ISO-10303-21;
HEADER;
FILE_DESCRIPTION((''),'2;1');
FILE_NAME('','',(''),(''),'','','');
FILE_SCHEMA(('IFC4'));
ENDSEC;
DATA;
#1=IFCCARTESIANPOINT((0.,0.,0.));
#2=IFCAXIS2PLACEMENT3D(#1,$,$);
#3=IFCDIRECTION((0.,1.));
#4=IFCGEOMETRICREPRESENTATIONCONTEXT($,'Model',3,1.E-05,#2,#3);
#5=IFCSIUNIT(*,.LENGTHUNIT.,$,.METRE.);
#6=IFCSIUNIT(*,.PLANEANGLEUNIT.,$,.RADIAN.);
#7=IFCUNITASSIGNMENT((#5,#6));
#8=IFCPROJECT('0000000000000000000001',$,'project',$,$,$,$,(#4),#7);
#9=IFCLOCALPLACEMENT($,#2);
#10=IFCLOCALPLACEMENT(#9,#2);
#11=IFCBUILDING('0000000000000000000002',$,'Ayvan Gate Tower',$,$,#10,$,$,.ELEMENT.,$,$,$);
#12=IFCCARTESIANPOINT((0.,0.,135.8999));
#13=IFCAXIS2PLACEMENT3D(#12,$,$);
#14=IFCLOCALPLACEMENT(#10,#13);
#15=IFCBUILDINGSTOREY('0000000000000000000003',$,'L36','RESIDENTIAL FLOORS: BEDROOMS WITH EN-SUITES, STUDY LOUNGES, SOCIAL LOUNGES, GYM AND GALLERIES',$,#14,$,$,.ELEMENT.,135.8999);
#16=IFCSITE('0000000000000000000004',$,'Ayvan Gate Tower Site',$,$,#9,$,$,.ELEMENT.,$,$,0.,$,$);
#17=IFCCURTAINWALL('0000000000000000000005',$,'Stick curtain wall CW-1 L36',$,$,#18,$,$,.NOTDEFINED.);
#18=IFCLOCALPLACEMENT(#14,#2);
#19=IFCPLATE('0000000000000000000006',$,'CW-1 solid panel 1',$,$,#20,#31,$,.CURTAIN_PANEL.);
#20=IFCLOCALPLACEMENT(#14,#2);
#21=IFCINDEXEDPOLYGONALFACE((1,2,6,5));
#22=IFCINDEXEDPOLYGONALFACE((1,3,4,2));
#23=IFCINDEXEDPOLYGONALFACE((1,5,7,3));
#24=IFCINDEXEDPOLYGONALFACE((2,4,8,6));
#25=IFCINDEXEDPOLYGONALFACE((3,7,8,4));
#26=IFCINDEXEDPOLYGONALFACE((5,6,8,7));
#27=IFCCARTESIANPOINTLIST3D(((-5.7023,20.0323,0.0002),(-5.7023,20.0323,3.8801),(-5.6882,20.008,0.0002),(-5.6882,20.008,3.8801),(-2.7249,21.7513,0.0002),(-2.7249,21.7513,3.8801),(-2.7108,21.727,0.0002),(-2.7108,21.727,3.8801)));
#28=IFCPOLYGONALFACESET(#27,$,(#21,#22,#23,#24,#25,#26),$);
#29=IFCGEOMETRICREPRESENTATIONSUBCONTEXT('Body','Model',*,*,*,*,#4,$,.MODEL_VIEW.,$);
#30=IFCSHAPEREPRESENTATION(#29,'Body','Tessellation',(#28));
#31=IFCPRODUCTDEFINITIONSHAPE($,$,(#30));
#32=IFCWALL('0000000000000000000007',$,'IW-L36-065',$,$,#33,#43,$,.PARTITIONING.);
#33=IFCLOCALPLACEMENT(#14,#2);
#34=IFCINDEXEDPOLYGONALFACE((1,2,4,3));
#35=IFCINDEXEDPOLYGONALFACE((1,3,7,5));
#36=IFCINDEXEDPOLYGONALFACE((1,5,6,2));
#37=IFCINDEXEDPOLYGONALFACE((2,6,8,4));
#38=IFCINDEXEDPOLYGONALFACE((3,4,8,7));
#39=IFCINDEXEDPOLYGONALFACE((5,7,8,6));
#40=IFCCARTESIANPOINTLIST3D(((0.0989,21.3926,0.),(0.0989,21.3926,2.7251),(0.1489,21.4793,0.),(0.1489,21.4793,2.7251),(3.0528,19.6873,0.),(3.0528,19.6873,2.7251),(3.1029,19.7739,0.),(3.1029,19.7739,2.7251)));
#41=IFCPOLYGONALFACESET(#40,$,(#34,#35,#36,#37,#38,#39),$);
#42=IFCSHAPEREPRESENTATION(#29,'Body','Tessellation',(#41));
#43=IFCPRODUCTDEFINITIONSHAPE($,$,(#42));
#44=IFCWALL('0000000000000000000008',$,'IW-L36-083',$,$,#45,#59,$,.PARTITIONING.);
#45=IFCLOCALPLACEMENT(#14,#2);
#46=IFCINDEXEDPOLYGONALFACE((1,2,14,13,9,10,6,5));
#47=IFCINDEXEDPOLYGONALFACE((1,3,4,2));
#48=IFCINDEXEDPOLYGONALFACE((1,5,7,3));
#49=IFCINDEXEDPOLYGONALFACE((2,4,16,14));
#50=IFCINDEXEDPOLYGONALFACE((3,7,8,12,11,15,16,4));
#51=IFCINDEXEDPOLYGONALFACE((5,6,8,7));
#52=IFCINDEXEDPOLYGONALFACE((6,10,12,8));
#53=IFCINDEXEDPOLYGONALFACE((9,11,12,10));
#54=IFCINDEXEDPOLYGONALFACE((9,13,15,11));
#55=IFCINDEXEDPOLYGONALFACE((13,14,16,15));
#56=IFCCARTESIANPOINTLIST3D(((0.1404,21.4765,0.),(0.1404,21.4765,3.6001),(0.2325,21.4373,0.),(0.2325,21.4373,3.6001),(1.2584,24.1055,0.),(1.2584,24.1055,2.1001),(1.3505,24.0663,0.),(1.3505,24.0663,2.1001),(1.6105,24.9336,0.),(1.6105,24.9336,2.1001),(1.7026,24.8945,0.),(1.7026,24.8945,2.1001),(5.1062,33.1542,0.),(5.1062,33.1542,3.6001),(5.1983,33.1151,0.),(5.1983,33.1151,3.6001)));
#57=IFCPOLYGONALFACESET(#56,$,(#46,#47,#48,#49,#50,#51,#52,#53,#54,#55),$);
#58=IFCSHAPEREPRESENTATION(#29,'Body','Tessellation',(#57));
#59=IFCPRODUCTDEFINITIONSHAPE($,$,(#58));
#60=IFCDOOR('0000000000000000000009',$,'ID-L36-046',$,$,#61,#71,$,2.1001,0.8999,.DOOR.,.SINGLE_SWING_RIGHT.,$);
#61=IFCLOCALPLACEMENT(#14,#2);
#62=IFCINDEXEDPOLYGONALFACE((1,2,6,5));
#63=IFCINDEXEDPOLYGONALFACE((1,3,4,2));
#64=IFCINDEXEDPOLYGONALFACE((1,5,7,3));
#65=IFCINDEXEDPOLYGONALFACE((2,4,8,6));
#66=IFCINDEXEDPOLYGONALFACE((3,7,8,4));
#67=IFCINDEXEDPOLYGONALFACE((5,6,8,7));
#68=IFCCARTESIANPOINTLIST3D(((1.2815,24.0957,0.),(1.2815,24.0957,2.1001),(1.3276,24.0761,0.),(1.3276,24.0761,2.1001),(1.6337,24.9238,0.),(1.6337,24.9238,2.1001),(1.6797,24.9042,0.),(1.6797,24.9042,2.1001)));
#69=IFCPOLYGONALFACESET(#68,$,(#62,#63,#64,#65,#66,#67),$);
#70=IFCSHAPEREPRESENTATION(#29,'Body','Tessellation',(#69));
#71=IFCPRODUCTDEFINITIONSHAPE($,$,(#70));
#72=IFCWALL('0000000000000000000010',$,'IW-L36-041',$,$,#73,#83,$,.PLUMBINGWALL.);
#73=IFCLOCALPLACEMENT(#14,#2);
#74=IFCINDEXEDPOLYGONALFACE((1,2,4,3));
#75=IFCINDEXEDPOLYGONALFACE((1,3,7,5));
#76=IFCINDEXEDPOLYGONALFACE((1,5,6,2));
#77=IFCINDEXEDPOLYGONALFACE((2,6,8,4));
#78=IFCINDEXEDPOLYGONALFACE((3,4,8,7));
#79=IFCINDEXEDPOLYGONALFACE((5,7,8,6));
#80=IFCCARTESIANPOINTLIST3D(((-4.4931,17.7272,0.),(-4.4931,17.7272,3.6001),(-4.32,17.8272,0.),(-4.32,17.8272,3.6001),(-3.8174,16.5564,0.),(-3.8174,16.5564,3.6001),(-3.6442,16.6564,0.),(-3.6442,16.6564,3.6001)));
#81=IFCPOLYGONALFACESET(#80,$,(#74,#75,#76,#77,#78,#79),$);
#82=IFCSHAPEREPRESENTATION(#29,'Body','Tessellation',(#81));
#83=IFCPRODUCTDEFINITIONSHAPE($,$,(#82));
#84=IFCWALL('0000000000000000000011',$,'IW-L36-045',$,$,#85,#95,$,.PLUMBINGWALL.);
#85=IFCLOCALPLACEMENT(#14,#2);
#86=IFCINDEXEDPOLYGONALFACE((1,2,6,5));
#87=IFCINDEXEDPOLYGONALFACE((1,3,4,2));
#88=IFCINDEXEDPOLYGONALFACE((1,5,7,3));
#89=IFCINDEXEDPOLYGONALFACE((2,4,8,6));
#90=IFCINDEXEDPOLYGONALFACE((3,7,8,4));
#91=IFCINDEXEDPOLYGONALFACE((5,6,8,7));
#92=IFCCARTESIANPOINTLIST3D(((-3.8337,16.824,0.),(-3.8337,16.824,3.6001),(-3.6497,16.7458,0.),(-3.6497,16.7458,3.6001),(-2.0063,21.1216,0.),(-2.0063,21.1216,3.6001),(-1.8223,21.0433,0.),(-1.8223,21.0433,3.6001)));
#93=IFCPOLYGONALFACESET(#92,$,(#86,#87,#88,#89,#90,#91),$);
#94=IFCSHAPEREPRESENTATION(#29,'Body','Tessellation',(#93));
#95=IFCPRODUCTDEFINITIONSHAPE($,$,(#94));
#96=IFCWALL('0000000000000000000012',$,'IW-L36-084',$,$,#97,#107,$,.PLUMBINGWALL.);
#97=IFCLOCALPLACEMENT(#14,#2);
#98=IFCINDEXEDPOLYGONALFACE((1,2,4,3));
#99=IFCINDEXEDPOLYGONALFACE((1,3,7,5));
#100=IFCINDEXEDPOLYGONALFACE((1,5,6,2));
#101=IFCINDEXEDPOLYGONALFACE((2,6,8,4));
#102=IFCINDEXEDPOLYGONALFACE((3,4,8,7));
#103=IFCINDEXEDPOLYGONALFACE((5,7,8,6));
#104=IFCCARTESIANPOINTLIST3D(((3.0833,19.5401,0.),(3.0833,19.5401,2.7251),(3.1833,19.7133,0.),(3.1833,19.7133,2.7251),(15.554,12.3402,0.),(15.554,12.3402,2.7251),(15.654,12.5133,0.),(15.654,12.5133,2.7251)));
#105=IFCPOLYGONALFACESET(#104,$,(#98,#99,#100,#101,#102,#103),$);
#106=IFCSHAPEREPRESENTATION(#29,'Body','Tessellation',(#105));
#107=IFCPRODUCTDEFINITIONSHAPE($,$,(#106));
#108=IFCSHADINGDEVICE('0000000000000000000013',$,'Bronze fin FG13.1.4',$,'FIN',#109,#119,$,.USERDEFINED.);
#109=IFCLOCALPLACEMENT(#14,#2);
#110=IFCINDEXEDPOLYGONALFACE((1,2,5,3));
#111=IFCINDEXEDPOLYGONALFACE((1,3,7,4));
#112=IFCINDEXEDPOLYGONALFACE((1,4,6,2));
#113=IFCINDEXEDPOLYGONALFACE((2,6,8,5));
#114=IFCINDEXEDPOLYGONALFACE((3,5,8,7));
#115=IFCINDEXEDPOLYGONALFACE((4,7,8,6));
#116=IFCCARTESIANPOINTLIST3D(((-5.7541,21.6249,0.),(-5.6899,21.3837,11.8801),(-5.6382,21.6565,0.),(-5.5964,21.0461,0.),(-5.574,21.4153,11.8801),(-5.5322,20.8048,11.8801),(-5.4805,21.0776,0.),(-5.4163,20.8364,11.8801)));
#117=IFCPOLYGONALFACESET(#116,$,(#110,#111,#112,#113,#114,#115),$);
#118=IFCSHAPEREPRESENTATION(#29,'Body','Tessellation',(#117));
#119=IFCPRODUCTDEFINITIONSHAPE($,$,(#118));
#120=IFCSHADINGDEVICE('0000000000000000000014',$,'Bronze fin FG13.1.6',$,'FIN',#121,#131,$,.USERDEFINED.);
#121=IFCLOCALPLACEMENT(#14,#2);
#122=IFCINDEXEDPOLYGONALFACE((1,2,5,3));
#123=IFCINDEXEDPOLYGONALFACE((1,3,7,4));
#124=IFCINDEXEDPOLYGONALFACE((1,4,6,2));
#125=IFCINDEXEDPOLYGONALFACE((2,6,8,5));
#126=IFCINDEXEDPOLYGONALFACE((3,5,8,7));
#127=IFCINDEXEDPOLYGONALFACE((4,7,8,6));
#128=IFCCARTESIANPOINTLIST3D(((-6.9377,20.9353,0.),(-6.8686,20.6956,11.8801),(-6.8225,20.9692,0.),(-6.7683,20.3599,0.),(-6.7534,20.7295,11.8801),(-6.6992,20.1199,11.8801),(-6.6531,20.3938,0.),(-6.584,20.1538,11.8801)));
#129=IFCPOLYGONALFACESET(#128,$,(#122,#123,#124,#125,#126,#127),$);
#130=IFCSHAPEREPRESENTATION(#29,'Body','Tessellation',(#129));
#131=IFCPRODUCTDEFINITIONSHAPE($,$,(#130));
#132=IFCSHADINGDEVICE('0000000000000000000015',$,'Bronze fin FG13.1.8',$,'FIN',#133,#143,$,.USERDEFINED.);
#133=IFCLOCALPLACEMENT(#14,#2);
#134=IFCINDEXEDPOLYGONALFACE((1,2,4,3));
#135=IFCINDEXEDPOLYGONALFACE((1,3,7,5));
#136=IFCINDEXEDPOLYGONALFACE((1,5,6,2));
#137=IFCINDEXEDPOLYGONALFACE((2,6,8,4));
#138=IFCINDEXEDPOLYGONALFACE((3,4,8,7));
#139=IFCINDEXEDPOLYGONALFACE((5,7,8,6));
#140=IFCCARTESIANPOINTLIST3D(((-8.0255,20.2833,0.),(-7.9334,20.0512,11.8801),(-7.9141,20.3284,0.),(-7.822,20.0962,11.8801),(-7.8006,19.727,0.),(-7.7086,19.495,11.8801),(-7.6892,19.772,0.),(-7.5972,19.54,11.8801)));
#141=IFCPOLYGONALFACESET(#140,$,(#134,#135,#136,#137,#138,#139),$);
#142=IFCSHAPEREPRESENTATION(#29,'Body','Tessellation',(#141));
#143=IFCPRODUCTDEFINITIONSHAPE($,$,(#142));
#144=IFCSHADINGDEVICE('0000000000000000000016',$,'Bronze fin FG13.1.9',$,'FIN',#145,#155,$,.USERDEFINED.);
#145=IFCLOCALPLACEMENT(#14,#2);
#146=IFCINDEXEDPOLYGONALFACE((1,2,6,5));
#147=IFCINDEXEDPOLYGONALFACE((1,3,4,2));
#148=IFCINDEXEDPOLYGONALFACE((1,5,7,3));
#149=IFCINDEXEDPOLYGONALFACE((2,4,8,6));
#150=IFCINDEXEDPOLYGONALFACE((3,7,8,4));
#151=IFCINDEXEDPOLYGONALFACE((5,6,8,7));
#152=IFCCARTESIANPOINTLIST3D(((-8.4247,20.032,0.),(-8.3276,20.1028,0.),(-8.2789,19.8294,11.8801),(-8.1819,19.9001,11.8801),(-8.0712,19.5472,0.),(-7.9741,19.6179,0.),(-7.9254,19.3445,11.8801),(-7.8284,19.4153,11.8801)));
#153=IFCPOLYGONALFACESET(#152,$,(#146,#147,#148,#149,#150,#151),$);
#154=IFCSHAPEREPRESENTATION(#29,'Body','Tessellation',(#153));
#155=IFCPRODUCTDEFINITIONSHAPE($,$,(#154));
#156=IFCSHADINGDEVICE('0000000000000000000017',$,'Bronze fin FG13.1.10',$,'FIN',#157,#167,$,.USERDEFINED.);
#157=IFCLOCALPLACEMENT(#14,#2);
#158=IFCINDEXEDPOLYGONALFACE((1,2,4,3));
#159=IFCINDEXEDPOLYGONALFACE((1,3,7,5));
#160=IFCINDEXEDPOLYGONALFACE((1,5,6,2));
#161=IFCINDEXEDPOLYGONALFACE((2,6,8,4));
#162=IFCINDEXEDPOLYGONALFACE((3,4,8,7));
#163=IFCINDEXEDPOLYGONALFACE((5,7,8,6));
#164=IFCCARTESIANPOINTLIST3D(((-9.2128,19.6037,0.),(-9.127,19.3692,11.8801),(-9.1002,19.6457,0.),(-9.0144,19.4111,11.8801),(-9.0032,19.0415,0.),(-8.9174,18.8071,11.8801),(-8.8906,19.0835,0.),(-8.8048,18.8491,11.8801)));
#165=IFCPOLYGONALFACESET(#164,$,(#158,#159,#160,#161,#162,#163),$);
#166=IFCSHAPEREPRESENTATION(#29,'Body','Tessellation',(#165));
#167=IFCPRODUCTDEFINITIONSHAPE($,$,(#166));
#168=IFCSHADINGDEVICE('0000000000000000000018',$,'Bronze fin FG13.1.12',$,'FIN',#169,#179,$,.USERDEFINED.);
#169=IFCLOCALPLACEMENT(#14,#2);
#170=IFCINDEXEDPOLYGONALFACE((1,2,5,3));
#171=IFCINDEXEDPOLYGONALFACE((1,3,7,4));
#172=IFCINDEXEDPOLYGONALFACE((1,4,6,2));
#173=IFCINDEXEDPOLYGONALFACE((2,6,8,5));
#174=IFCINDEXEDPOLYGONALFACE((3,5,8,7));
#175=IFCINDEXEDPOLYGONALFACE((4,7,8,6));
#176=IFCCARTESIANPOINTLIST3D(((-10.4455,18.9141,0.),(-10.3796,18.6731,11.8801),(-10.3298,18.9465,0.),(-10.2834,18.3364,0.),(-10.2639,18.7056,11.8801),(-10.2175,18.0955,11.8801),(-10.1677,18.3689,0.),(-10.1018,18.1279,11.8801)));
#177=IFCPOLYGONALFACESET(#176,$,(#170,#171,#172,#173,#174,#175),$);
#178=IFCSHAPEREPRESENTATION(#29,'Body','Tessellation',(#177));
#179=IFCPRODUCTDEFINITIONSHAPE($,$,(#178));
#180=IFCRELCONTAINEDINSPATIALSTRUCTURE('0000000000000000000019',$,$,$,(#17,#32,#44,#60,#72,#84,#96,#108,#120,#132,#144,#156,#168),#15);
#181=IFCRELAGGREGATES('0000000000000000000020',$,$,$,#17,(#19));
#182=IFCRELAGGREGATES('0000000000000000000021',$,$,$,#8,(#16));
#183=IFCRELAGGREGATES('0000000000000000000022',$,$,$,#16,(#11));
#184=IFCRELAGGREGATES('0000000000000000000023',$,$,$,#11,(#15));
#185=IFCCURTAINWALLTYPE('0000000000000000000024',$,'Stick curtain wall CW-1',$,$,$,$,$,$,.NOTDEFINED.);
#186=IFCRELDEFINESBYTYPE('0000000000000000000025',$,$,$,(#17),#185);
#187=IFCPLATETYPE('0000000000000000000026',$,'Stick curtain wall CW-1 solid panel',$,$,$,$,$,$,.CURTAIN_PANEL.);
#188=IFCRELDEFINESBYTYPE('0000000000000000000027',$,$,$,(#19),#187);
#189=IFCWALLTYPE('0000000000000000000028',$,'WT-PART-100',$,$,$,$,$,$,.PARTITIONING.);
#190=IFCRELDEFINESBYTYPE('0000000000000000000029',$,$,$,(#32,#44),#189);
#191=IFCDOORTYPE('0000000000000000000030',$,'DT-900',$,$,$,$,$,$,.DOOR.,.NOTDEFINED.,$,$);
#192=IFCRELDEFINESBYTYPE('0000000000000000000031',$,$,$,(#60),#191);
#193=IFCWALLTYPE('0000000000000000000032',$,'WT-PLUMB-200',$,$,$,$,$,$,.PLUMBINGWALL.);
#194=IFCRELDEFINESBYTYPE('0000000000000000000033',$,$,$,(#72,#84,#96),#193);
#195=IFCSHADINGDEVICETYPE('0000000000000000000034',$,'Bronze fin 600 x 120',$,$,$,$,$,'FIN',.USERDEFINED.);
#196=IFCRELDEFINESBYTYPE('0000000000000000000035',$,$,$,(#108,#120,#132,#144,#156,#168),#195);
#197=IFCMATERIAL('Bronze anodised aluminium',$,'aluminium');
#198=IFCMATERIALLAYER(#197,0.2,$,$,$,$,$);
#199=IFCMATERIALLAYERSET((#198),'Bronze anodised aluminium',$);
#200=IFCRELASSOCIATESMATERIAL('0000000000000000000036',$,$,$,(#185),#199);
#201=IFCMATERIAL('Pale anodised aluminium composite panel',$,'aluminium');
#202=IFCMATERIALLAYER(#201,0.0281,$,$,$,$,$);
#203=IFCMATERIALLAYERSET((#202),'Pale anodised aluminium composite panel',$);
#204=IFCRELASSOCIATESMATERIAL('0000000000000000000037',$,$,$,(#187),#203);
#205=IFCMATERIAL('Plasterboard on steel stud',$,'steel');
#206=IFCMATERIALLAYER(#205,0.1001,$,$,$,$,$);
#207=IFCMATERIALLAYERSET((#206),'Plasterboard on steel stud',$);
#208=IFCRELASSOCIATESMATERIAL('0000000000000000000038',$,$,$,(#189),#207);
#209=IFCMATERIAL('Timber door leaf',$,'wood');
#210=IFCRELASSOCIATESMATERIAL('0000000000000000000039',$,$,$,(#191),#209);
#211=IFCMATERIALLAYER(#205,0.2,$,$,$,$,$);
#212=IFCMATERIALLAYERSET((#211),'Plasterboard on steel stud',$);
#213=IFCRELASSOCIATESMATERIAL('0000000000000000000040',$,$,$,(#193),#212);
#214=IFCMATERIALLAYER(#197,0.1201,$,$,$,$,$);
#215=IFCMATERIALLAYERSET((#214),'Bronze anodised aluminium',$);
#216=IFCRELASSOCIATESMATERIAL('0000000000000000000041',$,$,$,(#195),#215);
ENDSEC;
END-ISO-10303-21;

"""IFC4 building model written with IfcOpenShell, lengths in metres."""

from ifc_helpers import new_model, si_unit, direction, frame, frame_2d, origin, origin_2d, place, context, subcontext, project, spatial, polyline, rectangle, outline, extrude, material, layer, layer_set, type_object, element, fill, aggregate, save


model = new_model("IFC4")

# Units and contexts
model_context = context("Model", 3, precision=1e-05, world=origin(), true_north=direction((0.0, 1.0)))
body_context = subcontext(model_context, "Body", "Model", "MODEL_VIEW")
ifc_project = project(units=[si_unit("LENGTHUNIT", "METRE"), si_unit("PLANEANGLEUNIT", "RADIAN")], contexts=[model_context])

# Site, building, storey
site_placement = place(None, origin())
site = spatial("IfcSite", under=ifc_project, at=site_placement, Name="Ayvan Gate Tower Site", CompositionType="ELEMENT", RefElevation=0.0)
building_placement = place(site_placement, origin())
building = spatial("IfcBuilding", under=site, at=building_placement, Name="Ayvan Gate Tower", CompositionType="ELEMENT")
storey_placement = place(building_placement, frame((0.0, 0.0, 135.8999)))
storey = spatial("IfcBuildingStorey", under=building, at=storey_placement, Name="L36", Description="RESIDENTIAL FLOORS: BEDROOMS WITH EN-SUITES, STUDY LOUNGES, SOCIAL LOUNGES, GYM AND GALLERIES", CompositionType="ELEMENT", Elevation=135.8999)

# Curtain wall, plate
ifc_material_1 = material(Name="Bronze anodised aluminium", Category="aluminium")
ifc_layer_1 = layer(ifc_material_1, 0.2)
ifc_layer_set_1 = layer_set([ifc_layer_1], Name="Bronze anodised aluminium")
curtain_wall_type = type_object("IfcCurtainWallType", Name="Stick curtain wall CW-1", PredefinedType="NOTDEFINED", material=ifc_layer_set_1)
curtain_wall_placement = place(storey_placement, origin())
curtain_wall = element("IfcCurtainWall", 1, at=curtain_wall_placement, inside=storey, type_object=curtain_wall_type, Name="Stick curtain wall CW-1 L36", PredefinedType="NOTDEFINED")
ifc_material_2 = material(Name="Pale anodised aluminium composite panel", Category="aluminium")
ifc_layer_2 = layer(ifc_material_2, 0.0281)
ifc_layer_set_2 = layer_set([ifc_layer_2], Name="Pale anodised aluminium composite panel")
plate_type_1 = type_object("IfcPlateType", Name="Stick curtain wall CW-1 solid panel", PredefinedType="CURTAIN_PANEL", material=ifc_layer_set_2)
plate_1_placement = place(storey_placement, frame((-4.2065, 20.8796, 0.0002), z_axis=(0.0, 0.0, 1.0), x_axis=(-0.866025, -0.5, 0.0)))
plate_1 = element("IfcPlate", 2, at=plate_1_placement, type_object=plate_type_1, Name="CW-1 solid panel 1", PredefinedType="CURTAIN_PANEL", context=body_context, shape_type="SweptSolid", body=[
    extrude(rectangle(XDim=3.438, YDim=0.0281, at=origin_2d()), origin(), (0.0, 0.0, 1.0), 3.8799),
])
aggregate(curtain_wall, [plate_1])

# Wall
ifc_material_3 = material(Name="Plasterboard on steel stud", Category="steel")
ifc_layer_3 = layer(ifc_material_3, 0.1001)
ifc_layer_set_3 = layer_set([ifc_layer_3], Name="Plasterboard on steel stud")
wall_type_1 = type_object("IfcWallType", Name="WT-PART-100", PredefinedType="PARTITIONING", material=ifc_layer_set_3)
wall_1_placement = place(storey_placement, frame((0.1238, 21.436, 0.0), z_axis=(0.0, 0.0, 1.0), x_axis=(0.866037, -0.499981, 0.0)))
element("IfcWall", 3, at=wall_1_placement, inside=storey, type_object=wall_type_1, Name="IW-L36-065", PredefinedType="PARTITIONING", context=body_context, shape_type="SweptSolid", body=[
    extrude(rectangle(XDim=3.4109, YDim=0.1001, at=frame_2d((1.7056, 0.0))), origin(), (0.0, 0.0, 1.0), 2.7251),
])

# Wall, opening, door
wall_2_placement = place(storey_placement, frame((0.1865, 21.457, 0.0), z_axis=(0.0, 0.0, 1.0), x_axis=(0.391326, 0.920252, 0.0)))
wall_2 = element("IfcWall", 4, at=wall_2_placement, inside=storey, type_object=wall_type_1, Name="IW-L36-083", PredefinedType="PARTITIONING", context=body_context, shape_type="SweptSolid", body=[
    extrude(rectangle(XDim=12.6897, YDim=0.1001, at=frame_2d((6.3447, 0.0))), origin(), (0.0, 0.0, 1.0), 3.6001),
])
opening_placement = place(wall_2_placement, frame((2.8567, 0.0, 0.0)))
opening = element("IfcOpeningElement", 5, at=opening_placement, cuts=wall_2, PredefinedType="OPENING", context=body_context, shape_type="SweptSolid", body=[
    extrude(rectangle(XDim=0.8999, YDim=2.1001, at=frame_2d((0.45, 1.05))), frame((0.0, 0.0601, 0.0), z_axis=(0.0, -1.0, 0.0), x_axis=(1.0, 0.0, 0.0)), (0.0, 0.0, 1.0), 0.1201),
])
ifc_material_4 = material(Name="Timber door leaf", Category="wood")
door_type = type_object("IfcDoorType", Name="DT-900", OperationType="NOTDEFINED", PredefinedType="DOOR", material=ifc_material_4)
door_placement = place(opening_placement, origin())
door = element("IfcDoor", 6, at=door_placement, inside=storey, type_object=door_type, Name="ID-L36-046", OperationType="SINGLE_SWING_RIGHT", OverallHeight=2.1001, OverallWidth=0.8999, PredefinedType="DOOR", context=body_context, shape_type="SweptSolid", body=[
    extrude(rectangle(XDim=0.8999, YDim=2.1001, at=frame_2d((0.45, 1.05))), frame((0.0, 0.0249, 0.0), z_axis=(0.0, -1.0, 0.0), x_axis=(1.0, 0.0, 0.0)), (0.0, 0.0, 1.0), 0.05),
])
fill(opening, door)

# Walls
ifc_layer_4 = layer(ifc_material_3, 0.2)
ifc_layer_set_4 = layer_set([ifc_layer_4], Name="Plasterboard on steel stud")
wall_type_2 = type_object("IfcWallType", Name="WT-PLUMB-200", PredefinedType="PLUMBINGWALL", material=ifc_layer_set_4)
wall_3_placement = place(storey_placement, frame((-4.4065, 17.7771, 0.0), z_axis=(0.0, 0.0, 1.0), x_axis=(0.499868, -0.866101, 0.0)))
element("IfcWall", 7, at=wall_3_placement, inside=storey, type_object=wall_type_2, Name="IW-L36-041", PredefinedType="PLUMBINGWALL", context=body_context, shape_type="SweptSolid", body=[
    extrude(rectangle(XDim=1.3518, YDim=0.2, at=frame_2d((0.6758, 0.0))), origin(), (0.0, 0.0, 1.0), 3.6001),
])
wall_4_placement = place(storey_placement, frame((-3.7417, 16.7849, 0.0), z_axis=(0.0, 0.0, 1.0), x_axis=(0.391306, 0.920261, 0.0)))
element("IfcWall", 8, at=wall_4_placement, inside=storey, type_object=wall_type_2, Name="IW-L36-045", PredefinedType="PLUMBINGWALL", context=body_context, shape_type="SweptSolid", body=[
    extrude(rectangle(XDim=4.6699, YDim=0.2, at=frame_2d((2.335, 0.0))), origin(), (0.0, 0.0, 1.0), 3.6001),
])
wall_5_placement = place(storey_placement, frame((3.1333, 19.6267, 0.0), z_axis=(0.0, 0.0, 1.0), x_axis=(0.866026, -0.499999, 0.0)))
element("IfcWall", 9, at=wall_5_placement, inside=storey, type_object=wall_type_2, Name="IW-L36-084", PredefinedType="PLUMBINGWALL", context=body_context, shape_type="SweptSolid", body=[
    extrude(rectangle(XDim=14.3999, YDim=0.2, at=frame_2d((7.2, 0.0))), origin(), (0.0, 0.0, 1.0), 2.7251),
])

# Shading devices
ifc_layer_5 = layer(ifc_material_1, 0.1201)
ifc_layer_set_5 = layer_set([ifc_layer_5], Name="Bronze anodised aluminium")
shading_device_type = type_object("IfcShadingDeviceType", Name="Bronze fin 600 x 120", ElementType="FIN", PredefinedType="USERDEFINED", material=ifc_layer_set_5)
shading_device_1_placement = place(storey_placement, frame((-5.4805, 21.0776, 0.0), z_axis=(0.96483, 0.262876, 0.000123), x_axis=(-0.262876, 0.96483, 0.0)))
element("IfcShadingDevice", 10, at=shading_device_1_placement, inside=storey, type_object=shading_device_type, Name="Bronze fin FG13.1.4", ObjectType="FIN", PredefinedType="USERDEFINED", context=body_context, shape_type="SweptSolid", body=[
    extrude(outline(polyline([(0.0, 0.0), (0.6, 0.0), (0.3504, 11.8801), (-0.2496, 11.8801), (0.0, 0.0)])), origin(), (0.0, 0.0, -1.0), 0.1201),
])
shading_device_2_placement = place(storey_placement, frame((-6.6531, 20.3938, 0.0), z_axis=(0.959297, 0.282398, 0.000123), x_axis=(-0.282398, 0.959297, 0.0)))
element("IfcShadingDevice", 11, at=shading_device_2_placement, inside=storey, type_object=shading_device_type, Name="Bronze fin FG13.1.6", ObjectType="FIN", PredefinedType="USERDEFINED", context=body_context, shape_type="SweptSolid", body=[
    extrude(outline(polyline([(0.0, 0.0), (0.5999, 0.0), (0.3504, 11.8801), (-0.2497, 11.8801), (0.0, 0.0)])), origin(), (0.0, 0.0, -1.0), 0.1201),
])
shading_device_3_placement = place(storey_placement, frame((-7.6892, 19.772, 0.0), z_axis=(0.927124, 0.374756, 0.000137), x_axis=(-0.374756, 0.927124, 0.0)))
element("IfcShadingDevice", 12, at=shading_device_3_placement, inside=storey, type_object=shading_device_type, Name="Bronze fin FG13.1.8", ObjectType="FIN", PredefinedType="USERDEFINED", context=body_context, shape_type="SweptSolid", body=[
    extrude(outline(polyline([(0.0, 0.0), (0.6001, 0.0), (0.3504, 11.8801), (-0.2495, 11.8801), (0.0, 0.0)])), origin(), (0.0, 0.0, -1.0), 0.1201),
])
shading_device_4_placement = place(storey_placement, frame((-7.9741, 19.6179, 0.0), z_axis=(0.808032, 0.589139, 0.000135), x_axis=(-0.589139, 0.808032, 0.0)))
element("IfcShadingDevice", 13, at=shading_device_4_placement, inside=storey, type_object=shading_device_type, Name="Bronze fin FG13.1.9", ObjectType="FIN", PredefinedType="USERDEFINED", context=body_context, shape_type="SweptSolid", body=[
    extrude(outline(polyline([(0.0, 0.0), (0.6001, 0.0), (0.3504, 11.8801), (-0.2496, 11.8801), (0.0, 0.0)])), origin(), (0.0, 0.0, -1.0), 0.1201),
])
shading_device_5_placement = place(storey_placement, frame((-8.8906, 19.0835, 0.0), z_axis=(0.936988, 0.349361, 0.000128), x_axis=(-0.349361, 0.936988, 0.0)))
element("IfcShadingDevice", 14, at=shading_device_5_placement, inside=storey, type_object=shading_device_type, Name="Bronze fin FG13.1.10", ObjectType="FIN", PredefinedType="USERDEFINED", context=body_context, shape_type="SweptSolid", body=[
    extrude(outline(polyline([(0.0, 0.0), (0.6, 0.0), (0.3502, 11.8801), (-0.2496, 11.8801), (0.0, 0.0)])), origin(), (0.0, 0.0, -1.0), 0.1201),
])
shading_device_6_placement = place(storey_placement, frame((-10.1677, 18.3689, 0.0), z_axis=(0.962803, 0.270203, 0.000138), x_axis=(-0.270203, 0.962803, 0.0)))
element("IfcShadingDevice", 15, at=shading_device_6_placement, inside=storey, type_object=shading_device_type, Name="Bronze fin FG13.1.12", ObjectType="FIN", PredefinedType="USERDEFINED", context=body_context, shape_type="SweptSolid", body=[
    extrude(outline(polyline([(0.0, 0.0), (0.6, 0.0), (0.3501, 11.8801), (-0.2498, 11.8801), (0.0, 0.0)])), origin(), (0.0, 0.0, -1.0), 0.1201),
])

save(model, "model.ifc")
